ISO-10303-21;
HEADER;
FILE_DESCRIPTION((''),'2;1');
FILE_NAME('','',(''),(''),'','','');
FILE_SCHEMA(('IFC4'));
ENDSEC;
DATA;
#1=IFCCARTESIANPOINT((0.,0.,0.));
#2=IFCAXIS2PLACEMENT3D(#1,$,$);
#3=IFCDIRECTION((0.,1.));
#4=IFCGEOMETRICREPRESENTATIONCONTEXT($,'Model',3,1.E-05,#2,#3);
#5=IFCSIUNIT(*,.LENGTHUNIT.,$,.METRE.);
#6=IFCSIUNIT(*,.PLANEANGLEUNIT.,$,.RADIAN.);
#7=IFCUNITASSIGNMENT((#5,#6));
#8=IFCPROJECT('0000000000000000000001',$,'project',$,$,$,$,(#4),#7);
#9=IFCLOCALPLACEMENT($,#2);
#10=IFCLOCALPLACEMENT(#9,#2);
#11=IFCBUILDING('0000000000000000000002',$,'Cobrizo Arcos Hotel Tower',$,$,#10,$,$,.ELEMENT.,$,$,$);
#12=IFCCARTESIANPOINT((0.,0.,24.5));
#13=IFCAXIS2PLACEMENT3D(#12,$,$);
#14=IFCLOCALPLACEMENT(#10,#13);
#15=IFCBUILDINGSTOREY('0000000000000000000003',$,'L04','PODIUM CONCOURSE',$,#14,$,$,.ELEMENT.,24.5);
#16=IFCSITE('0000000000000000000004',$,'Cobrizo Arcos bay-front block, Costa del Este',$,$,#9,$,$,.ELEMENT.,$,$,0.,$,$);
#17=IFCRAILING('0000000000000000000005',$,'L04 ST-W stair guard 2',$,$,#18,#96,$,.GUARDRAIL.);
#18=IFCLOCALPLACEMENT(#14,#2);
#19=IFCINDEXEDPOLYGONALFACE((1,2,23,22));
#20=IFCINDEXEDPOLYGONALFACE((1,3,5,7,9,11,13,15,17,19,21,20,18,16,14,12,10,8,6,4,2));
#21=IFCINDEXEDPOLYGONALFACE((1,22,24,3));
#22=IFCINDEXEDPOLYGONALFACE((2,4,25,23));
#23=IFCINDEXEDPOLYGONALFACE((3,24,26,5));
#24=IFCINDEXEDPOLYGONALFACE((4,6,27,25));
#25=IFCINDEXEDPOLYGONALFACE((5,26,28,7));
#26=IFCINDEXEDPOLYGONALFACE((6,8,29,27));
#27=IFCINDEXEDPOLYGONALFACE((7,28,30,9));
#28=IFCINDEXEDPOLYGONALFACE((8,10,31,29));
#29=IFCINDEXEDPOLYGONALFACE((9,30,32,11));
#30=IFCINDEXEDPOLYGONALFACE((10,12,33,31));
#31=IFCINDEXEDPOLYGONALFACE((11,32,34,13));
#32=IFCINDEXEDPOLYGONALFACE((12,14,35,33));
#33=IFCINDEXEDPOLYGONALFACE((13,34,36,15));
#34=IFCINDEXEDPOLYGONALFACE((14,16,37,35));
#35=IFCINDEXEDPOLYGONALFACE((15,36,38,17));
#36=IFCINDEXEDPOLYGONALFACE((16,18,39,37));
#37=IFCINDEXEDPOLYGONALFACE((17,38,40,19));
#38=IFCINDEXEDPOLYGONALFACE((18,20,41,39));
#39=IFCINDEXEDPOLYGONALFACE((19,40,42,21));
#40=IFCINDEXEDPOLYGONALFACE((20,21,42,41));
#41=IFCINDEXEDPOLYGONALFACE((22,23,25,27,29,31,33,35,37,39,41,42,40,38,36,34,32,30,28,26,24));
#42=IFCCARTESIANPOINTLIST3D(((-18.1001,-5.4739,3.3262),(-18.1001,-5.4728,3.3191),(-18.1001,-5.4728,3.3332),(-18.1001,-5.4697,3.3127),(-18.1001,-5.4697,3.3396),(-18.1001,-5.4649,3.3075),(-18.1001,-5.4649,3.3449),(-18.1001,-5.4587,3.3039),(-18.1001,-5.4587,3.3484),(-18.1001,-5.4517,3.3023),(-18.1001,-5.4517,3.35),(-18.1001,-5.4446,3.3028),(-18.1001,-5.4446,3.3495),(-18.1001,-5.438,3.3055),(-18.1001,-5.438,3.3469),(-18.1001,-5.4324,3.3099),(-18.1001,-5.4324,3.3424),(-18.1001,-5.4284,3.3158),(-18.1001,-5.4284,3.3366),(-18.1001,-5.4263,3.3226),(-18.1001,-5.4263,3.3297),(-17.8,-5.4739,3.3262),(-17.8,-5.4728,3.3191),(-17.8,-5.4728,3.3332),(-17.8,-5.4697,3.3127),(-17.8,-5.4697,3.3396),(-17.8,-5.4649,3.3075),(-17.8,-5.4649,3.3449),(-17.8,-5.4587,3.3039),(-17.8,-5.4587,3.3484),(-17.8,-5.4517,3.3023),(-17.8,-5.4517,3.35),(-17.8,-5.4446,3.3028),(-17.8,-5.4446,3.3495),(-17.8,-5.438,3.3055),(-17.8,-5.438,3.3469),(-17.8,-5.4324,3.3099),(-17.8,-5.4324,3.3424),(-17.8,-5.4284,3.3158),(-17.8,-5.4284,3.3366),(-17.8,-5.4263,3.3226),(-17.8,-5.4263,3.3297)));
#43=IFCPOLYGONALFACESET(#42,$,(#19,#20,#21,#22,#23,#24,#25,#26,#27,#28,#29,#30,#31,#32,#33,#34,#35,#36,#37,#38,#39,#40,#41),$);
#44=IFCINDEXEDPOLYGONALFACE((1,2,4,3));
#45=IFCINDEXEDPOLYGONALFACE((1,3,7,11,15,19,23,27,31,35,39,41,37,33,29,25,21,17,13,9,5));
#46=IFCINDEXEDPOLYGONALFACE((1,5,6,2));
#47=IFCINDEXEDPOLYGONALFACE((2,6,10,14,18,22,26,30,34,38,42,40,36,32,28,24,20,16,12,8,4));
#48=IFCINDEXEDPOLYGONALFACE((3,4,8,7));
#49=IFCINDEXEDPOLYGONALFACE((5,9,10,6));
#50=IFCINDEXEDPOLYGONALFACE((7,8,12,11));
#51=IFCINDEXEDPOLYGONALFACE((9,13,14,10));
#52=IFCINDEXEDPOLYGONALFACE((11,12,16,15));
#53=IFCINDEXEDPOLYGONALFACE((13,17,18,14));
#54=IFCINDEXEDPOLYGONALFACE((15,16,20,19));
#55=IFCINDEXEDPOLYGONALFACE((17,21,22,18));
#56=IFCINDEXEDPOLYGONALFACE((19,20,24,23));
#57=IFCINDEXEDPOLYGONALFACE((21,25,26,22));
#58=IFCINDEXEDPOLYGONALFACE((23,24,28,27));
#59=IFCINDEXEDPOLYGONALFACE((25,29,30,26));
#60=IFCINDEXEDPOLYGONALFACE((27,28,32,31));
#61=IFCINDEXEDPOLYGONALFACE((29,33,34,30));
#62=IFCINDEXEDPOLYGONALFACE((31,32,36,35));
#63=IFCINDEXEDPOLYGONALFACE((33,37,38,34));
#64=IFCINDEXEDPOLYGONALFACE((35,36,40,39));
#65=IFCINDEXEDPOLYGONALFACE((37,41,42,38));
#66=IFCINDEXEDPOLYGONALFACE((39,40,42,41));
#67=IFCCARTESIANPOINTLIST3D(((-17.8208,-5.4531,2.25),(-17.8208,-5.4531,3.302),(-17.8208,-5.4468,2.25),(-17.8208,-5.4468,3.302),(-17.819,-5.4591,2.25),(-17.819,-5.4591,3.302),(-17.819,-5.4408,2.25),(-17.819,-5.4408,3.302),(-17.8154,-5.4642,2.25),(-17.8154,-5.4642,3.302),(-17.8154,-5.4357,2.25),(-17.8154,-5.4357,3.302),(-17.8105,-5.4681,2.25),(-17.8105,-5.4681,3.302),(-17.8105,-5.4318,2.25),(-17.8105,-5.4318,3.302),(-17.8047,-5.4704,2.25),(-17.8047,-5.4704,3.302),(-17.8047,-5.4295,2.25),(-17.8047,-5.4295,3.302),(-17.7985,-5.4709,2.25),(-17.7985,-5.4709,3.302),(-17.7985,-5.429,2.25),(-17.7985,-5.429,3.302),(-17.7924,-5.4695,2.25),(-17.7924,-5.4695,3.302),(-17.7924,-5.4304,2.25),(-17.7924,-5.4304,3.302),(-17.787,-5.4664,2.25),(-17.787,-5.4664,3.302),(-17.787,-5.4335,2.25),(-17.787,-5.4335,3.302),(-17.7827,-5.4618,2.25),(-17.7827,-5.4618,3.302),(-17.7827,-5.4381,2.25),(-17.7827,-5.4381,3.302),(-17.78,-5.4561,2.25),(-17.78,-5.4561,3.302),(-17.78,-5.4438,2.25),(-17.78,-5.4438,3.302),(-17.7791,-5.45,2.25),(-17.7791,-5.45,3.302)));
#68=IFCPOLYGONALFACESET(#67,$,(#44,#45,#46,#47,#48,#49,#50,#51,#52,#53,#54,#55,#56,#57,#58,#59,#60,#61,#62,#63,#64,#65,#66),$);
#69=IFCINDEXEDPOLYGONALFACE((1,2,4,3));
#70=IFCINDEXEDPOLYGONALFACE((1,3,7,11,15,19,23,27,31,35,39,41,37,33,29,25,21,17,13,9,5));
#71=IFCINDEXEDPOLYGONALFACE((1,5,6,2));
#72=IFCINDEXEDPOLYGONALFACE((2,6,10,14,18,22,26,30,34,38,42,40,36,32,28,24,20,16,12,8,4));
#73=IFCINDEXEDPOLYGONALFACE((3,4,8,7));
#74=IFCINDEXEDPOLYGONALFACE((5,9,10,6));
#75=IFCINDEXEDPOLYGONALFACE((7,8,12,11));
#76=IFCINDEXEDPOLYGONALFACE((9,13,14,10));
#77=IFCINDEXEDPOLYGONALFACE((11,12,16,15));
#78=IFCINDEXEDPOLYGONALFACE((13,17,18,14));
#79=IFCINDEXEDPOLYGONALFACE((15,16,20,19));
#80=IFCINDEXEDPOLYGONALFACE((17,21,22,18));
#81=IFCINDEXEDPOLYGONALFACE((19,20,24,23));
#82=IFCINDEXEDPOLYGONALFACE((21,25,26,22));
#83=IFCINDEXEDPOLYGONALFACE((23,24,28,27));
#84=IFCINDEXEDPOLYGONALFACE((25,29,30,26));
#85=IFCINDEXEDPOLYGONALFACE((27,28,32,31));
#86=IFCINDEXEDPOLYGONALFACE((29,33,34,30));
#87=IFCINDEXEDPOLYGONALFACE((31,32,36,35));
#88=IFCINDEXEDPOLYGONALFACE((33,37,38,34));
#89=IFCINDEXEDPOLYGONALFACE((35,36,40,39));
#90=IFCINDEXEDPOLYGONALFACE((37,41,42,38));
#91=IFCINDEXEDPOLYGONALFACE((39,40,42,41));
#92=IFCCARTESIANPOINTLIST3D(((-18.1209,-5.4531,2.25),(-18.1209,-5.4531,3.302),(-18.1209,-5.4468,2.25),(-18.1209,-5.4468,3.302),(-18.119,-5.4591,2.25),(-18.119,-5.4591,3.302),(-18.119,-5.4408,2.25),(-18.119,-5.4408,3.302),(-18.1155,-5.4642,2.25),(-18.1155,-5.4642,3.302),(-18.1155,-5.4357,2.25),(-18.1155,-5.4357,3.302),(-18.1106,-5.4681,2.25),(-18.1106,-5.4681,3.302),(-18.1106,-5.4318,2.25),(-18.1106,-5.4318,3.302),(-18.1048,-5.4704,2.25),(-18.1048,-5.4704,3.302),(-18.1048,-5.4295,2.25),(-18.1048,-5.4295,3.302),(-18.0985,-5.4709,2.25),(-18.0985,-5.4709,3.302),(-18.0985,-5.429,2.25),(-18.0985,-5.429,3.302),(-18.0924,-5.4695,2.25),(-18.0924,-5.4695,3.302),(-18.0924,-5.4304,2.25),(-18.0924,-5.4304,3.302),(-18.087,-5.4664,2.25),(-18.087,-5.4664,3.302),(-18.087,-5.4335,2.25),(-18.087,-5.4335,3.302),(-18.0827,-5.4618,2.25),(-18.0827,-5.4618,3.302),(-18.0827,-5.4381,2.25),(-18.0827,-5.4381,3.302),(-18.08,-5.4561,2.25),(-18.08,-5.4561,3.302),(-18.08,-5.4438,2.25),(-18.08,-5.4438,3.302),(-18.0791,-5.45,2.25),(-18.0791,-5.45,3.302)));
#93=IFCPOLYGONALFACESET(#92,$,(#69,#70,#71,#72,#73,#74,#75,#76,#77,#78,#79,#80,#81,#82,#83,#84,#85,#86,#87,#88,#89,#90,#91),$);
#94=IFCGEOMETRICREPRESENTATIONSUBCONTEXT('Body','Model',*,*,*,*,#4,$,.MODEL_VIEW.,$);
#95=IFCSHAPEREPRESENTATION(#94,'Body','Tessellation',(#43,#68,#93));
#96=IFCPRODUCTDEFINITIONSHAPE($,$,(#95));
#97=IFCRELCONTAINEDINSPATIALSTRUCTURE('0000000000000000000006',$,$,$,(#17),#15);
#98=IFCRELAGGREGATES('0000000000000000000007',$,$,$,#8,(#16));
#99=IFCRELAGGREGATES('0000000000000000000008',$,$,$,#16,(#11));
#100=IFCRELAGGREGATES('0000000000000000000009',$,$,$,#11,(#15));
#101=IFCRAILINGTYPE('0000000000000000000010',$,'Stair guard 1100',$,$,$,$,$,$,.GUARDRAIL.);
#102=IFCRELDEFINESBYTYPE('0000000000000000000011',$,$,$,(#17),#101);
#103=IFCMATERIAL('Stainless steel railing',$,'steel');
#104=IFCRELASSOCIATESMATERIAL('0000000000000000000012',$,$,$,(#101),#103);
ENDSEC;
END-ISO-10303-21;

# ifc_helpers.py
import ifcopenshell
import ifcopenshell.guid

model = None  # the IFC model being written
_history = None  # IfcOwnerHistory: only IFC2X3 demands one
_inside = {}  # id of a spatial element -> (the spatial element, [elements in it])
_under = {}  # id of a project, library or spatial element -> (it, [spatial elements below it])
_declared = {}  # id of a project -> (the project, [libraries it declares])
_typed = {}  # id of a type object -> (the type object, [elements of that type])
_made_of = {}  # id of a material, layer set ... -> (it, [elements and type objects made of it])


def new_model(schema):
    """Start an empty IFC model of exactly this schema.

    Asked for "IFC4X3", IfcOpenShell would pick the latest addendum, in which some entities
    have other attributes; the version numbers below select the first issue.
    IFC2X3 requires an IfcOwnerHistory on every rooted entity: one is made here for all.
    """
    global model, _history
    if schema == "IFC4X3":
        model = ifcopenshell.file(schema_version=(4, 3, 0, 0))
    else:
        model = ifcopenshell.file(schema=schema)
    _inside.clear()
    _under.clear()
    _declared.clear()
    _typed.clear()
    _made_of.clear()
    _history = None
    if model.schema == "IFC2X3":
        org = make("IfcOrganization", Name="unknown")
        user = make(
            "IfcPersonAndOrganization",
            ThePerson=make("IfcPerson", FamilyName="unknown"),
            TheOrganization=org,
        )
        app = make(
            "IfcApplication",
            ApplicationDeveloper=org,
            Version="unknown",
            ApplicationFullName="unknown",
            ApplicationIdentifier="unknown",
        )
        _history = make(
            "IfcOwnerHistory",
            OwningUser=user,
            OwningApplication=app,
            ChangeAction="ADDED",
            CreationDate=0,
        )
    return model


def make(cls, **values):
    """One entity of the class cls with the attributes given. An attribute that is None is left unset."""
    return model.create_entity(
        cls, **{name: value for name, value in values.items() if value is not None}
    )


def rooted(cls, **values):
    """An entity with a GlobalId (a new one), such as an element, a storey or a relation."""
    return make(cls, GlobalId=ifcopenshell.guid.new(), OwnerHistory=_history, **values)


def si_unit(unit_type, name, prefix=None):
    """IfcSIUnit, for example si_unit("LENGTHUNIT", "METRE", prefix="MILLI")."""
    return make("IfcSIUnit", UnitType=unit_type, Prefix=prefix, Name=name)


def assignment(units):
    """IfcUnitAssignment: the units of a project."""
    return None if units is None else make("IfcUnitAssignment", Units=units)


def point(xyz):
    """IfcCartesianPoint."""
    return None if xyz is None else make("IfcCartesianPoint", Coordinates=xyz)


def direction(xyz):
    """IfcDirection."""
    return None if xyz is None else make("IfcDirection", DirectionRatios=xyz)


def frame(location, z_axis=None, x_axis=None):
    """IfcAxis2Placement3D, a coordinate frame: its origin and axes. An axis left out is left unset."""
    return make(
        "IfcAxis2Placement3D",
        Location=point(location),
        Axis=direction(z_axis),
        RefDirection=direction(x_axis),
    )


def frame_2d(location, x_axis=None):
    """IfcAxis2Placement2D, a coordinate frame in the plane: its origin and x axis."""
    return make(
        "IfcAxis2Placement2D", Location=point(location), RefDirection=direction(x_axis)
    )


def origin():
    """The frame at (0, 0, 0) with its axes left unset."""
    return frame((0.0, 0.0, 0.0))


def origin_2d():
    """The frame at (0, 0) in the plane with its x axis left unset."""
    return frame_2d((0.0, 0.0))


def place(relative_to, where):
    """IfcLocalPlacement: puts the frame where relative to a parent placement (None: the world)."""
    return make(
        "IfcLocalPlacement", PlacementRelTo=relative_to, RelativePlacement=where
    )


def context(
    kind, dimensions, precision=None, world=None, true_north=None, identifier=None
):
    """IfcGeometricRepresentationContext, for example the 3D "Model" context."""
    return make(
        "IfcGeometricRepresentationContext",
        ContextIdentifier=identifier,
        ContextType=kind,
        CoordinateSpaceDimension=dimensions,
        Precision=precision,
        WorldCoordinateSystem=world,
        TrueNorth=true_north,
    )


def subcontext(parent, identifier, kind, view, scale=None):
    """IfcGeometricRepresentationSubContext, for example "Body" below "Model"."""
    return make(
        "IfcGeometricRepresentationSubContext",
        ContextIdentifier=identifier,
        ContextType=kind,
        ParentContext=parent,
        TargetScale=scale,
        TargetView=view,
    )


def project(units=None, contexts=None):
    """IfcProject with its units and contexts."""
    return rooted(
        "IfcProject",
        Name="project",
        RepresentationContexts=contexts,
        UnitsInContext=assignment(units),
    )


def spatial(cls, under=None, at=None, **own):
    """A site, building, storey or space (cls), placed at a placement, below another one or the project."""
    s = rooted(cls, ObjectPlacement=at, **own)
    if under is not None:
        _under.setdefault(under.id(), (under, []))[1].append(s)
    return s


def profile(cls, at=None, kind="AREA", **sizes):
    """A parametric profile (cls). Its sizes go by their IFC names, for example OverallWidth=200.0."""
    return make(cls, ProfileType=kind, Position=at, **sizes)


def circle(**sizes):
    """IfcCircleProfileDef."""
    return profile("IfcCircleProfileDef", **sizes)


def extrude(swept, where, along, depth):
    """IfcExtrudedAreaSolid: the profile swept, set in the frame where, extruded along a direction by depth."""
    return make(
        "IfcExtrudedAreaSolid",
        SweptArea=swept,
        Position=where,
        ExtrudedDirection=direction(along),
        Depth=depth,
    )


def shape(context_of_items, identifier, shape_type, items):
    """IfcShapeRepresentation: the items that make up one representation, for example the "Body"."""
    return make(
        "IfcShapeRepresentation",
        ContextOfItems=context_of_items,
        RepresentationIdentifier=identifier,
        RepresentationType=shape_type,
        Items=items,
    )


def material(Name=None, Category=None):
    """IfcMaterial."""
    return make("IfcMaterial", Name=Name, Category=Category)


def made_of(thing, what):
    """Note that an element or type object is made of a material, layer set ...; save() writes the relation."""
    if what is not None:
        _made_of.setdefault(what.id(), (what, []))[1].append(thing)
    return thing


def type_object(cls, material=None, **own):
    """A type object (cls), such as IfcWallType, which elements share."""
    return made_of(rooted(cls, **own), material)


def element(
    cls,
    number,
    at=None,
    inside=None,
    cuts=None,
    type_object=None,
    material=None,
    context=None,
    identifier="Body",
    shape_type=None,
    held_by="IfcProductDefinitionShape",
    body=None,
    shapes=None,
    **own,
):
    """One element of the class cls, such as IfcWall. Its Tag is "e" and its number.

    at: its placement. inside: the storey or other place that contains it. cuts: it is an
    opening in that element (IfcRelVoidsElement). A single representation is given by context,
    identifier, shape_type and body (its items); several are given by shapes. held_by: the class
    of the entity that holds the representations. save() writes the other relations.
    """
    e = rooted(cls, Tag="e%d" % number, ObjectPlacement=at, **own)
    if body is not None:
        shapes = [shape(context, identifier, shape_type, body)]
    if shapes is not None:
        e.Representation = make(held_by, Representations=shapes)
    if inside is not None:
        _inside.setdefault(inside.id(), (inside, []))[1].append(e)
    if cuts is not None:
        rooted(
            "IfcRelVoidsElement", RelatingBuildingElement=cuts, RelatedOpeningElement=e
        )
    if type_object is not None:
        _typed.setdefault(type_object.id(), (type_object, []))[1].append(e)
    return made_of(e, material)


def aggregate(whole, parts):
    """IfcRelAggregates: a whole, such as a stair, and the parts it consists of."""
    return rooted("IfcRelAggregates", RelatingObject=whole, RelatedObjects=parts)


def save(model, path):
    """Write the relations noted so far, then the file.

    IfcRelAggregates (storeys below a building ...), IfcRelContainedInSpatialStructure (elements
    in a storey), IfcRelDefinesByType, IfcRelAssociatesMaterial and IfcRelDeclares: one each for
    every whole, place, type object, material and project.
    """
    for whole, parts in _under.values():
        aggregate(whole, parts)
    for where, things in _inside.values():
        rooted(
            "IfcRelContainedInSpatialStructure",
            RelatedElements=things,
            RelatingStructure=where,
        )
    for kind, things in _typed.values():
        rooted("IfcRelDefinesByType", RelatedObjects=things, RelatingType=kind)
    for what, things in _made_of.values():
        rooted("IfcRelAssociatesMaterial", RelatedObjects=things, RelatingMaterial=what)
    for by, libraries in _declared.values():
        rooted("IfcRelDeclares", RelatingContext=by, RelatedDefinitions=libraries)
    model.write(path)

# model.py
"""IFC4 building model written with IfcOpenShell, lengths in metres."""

from ifc_helpers import new_model, si_unit, direction, frame, origin, origin_2d, place, context, subcontext, project, spatial, circle, extrude, material, type_object, element, save


model = new_model("IFC4")

# Units and contexts
model_context = context("Model", 3, precision=1e-05, world=origin(), true_north=direction((0.0, 1.0)))
body_context = subcontext(model_context, "Body", "Model", "MODEL_VIEW")
ifc_project = project(units=[si_unit("LENGTHUNIT", "METRE"), si_unit("PLANEANGLEUNIT", "RADIAN")], contexts=[model_context])

# Site, building, storey
site_placement = place(None, origin())
site = spatial("IfcSite", under=ifc_project, at=site_placement, Name="Cobrizo Arcos bay-front block, Costa del Este", CompositionType="ELEMENT", RefElevation=0.0)
building_placement = place(site_placement, origin())
building = spatial("IfcBuilding", under=site, at=building_placement, Name="Cobrizo Arcos Hotel Tower", CompositionType="ELEMENT")
storey_placement = place(building_placement, frame((0.0, 0.0, 24.5)))
storey = spatial("IfcBuildingStorey", under=building, at=storey_placement, Name="L04", Description="PODIUM CONCOURSE", CompositionType="ELEMENT", Elevation=24.5)

# Railing
ifc_material_1 = material(Name="Stainless steel railing", Category="steel")
railing_type_1 = type_object("IfcRailingType", Name="Stair guard 1100", PredefinedType="GUARDRAIL", material=ifc_material_1)
railing_1_placement = place(storey_placement, frame((-17.8, -5.45, 2.25)))
element("IfcRailing", 1, at=railing_1_placement, inside=storey, type_object=railing_type_1, Name="L04 ST-W stair guard 2", PredefinedType="GUARDRAIL", context=body_context, shape_type="SweptSolid", body=[
    extrude(circle(Radius=0.0239, at=origin_2d()), frame((0.0, 0.0, 1.0762), z_axis=(-1.0, 0.0, 0.0), x_axis=(0.0, -1.0, 0.0)), (0.0, 0.0, 1.0), 0.3),
    extrude(circle(Radius=0.021, at=origin_2d()), origin(), (0.0, 0.0, 1.0), 1.052),
    extrude(circle(Radius=0.021, at=origin_2d()), frame((-0.3, 0.0, 0.0)), (0.0, 0.0, 1.0), 1.052),
])

save(model, "model.ifc")
